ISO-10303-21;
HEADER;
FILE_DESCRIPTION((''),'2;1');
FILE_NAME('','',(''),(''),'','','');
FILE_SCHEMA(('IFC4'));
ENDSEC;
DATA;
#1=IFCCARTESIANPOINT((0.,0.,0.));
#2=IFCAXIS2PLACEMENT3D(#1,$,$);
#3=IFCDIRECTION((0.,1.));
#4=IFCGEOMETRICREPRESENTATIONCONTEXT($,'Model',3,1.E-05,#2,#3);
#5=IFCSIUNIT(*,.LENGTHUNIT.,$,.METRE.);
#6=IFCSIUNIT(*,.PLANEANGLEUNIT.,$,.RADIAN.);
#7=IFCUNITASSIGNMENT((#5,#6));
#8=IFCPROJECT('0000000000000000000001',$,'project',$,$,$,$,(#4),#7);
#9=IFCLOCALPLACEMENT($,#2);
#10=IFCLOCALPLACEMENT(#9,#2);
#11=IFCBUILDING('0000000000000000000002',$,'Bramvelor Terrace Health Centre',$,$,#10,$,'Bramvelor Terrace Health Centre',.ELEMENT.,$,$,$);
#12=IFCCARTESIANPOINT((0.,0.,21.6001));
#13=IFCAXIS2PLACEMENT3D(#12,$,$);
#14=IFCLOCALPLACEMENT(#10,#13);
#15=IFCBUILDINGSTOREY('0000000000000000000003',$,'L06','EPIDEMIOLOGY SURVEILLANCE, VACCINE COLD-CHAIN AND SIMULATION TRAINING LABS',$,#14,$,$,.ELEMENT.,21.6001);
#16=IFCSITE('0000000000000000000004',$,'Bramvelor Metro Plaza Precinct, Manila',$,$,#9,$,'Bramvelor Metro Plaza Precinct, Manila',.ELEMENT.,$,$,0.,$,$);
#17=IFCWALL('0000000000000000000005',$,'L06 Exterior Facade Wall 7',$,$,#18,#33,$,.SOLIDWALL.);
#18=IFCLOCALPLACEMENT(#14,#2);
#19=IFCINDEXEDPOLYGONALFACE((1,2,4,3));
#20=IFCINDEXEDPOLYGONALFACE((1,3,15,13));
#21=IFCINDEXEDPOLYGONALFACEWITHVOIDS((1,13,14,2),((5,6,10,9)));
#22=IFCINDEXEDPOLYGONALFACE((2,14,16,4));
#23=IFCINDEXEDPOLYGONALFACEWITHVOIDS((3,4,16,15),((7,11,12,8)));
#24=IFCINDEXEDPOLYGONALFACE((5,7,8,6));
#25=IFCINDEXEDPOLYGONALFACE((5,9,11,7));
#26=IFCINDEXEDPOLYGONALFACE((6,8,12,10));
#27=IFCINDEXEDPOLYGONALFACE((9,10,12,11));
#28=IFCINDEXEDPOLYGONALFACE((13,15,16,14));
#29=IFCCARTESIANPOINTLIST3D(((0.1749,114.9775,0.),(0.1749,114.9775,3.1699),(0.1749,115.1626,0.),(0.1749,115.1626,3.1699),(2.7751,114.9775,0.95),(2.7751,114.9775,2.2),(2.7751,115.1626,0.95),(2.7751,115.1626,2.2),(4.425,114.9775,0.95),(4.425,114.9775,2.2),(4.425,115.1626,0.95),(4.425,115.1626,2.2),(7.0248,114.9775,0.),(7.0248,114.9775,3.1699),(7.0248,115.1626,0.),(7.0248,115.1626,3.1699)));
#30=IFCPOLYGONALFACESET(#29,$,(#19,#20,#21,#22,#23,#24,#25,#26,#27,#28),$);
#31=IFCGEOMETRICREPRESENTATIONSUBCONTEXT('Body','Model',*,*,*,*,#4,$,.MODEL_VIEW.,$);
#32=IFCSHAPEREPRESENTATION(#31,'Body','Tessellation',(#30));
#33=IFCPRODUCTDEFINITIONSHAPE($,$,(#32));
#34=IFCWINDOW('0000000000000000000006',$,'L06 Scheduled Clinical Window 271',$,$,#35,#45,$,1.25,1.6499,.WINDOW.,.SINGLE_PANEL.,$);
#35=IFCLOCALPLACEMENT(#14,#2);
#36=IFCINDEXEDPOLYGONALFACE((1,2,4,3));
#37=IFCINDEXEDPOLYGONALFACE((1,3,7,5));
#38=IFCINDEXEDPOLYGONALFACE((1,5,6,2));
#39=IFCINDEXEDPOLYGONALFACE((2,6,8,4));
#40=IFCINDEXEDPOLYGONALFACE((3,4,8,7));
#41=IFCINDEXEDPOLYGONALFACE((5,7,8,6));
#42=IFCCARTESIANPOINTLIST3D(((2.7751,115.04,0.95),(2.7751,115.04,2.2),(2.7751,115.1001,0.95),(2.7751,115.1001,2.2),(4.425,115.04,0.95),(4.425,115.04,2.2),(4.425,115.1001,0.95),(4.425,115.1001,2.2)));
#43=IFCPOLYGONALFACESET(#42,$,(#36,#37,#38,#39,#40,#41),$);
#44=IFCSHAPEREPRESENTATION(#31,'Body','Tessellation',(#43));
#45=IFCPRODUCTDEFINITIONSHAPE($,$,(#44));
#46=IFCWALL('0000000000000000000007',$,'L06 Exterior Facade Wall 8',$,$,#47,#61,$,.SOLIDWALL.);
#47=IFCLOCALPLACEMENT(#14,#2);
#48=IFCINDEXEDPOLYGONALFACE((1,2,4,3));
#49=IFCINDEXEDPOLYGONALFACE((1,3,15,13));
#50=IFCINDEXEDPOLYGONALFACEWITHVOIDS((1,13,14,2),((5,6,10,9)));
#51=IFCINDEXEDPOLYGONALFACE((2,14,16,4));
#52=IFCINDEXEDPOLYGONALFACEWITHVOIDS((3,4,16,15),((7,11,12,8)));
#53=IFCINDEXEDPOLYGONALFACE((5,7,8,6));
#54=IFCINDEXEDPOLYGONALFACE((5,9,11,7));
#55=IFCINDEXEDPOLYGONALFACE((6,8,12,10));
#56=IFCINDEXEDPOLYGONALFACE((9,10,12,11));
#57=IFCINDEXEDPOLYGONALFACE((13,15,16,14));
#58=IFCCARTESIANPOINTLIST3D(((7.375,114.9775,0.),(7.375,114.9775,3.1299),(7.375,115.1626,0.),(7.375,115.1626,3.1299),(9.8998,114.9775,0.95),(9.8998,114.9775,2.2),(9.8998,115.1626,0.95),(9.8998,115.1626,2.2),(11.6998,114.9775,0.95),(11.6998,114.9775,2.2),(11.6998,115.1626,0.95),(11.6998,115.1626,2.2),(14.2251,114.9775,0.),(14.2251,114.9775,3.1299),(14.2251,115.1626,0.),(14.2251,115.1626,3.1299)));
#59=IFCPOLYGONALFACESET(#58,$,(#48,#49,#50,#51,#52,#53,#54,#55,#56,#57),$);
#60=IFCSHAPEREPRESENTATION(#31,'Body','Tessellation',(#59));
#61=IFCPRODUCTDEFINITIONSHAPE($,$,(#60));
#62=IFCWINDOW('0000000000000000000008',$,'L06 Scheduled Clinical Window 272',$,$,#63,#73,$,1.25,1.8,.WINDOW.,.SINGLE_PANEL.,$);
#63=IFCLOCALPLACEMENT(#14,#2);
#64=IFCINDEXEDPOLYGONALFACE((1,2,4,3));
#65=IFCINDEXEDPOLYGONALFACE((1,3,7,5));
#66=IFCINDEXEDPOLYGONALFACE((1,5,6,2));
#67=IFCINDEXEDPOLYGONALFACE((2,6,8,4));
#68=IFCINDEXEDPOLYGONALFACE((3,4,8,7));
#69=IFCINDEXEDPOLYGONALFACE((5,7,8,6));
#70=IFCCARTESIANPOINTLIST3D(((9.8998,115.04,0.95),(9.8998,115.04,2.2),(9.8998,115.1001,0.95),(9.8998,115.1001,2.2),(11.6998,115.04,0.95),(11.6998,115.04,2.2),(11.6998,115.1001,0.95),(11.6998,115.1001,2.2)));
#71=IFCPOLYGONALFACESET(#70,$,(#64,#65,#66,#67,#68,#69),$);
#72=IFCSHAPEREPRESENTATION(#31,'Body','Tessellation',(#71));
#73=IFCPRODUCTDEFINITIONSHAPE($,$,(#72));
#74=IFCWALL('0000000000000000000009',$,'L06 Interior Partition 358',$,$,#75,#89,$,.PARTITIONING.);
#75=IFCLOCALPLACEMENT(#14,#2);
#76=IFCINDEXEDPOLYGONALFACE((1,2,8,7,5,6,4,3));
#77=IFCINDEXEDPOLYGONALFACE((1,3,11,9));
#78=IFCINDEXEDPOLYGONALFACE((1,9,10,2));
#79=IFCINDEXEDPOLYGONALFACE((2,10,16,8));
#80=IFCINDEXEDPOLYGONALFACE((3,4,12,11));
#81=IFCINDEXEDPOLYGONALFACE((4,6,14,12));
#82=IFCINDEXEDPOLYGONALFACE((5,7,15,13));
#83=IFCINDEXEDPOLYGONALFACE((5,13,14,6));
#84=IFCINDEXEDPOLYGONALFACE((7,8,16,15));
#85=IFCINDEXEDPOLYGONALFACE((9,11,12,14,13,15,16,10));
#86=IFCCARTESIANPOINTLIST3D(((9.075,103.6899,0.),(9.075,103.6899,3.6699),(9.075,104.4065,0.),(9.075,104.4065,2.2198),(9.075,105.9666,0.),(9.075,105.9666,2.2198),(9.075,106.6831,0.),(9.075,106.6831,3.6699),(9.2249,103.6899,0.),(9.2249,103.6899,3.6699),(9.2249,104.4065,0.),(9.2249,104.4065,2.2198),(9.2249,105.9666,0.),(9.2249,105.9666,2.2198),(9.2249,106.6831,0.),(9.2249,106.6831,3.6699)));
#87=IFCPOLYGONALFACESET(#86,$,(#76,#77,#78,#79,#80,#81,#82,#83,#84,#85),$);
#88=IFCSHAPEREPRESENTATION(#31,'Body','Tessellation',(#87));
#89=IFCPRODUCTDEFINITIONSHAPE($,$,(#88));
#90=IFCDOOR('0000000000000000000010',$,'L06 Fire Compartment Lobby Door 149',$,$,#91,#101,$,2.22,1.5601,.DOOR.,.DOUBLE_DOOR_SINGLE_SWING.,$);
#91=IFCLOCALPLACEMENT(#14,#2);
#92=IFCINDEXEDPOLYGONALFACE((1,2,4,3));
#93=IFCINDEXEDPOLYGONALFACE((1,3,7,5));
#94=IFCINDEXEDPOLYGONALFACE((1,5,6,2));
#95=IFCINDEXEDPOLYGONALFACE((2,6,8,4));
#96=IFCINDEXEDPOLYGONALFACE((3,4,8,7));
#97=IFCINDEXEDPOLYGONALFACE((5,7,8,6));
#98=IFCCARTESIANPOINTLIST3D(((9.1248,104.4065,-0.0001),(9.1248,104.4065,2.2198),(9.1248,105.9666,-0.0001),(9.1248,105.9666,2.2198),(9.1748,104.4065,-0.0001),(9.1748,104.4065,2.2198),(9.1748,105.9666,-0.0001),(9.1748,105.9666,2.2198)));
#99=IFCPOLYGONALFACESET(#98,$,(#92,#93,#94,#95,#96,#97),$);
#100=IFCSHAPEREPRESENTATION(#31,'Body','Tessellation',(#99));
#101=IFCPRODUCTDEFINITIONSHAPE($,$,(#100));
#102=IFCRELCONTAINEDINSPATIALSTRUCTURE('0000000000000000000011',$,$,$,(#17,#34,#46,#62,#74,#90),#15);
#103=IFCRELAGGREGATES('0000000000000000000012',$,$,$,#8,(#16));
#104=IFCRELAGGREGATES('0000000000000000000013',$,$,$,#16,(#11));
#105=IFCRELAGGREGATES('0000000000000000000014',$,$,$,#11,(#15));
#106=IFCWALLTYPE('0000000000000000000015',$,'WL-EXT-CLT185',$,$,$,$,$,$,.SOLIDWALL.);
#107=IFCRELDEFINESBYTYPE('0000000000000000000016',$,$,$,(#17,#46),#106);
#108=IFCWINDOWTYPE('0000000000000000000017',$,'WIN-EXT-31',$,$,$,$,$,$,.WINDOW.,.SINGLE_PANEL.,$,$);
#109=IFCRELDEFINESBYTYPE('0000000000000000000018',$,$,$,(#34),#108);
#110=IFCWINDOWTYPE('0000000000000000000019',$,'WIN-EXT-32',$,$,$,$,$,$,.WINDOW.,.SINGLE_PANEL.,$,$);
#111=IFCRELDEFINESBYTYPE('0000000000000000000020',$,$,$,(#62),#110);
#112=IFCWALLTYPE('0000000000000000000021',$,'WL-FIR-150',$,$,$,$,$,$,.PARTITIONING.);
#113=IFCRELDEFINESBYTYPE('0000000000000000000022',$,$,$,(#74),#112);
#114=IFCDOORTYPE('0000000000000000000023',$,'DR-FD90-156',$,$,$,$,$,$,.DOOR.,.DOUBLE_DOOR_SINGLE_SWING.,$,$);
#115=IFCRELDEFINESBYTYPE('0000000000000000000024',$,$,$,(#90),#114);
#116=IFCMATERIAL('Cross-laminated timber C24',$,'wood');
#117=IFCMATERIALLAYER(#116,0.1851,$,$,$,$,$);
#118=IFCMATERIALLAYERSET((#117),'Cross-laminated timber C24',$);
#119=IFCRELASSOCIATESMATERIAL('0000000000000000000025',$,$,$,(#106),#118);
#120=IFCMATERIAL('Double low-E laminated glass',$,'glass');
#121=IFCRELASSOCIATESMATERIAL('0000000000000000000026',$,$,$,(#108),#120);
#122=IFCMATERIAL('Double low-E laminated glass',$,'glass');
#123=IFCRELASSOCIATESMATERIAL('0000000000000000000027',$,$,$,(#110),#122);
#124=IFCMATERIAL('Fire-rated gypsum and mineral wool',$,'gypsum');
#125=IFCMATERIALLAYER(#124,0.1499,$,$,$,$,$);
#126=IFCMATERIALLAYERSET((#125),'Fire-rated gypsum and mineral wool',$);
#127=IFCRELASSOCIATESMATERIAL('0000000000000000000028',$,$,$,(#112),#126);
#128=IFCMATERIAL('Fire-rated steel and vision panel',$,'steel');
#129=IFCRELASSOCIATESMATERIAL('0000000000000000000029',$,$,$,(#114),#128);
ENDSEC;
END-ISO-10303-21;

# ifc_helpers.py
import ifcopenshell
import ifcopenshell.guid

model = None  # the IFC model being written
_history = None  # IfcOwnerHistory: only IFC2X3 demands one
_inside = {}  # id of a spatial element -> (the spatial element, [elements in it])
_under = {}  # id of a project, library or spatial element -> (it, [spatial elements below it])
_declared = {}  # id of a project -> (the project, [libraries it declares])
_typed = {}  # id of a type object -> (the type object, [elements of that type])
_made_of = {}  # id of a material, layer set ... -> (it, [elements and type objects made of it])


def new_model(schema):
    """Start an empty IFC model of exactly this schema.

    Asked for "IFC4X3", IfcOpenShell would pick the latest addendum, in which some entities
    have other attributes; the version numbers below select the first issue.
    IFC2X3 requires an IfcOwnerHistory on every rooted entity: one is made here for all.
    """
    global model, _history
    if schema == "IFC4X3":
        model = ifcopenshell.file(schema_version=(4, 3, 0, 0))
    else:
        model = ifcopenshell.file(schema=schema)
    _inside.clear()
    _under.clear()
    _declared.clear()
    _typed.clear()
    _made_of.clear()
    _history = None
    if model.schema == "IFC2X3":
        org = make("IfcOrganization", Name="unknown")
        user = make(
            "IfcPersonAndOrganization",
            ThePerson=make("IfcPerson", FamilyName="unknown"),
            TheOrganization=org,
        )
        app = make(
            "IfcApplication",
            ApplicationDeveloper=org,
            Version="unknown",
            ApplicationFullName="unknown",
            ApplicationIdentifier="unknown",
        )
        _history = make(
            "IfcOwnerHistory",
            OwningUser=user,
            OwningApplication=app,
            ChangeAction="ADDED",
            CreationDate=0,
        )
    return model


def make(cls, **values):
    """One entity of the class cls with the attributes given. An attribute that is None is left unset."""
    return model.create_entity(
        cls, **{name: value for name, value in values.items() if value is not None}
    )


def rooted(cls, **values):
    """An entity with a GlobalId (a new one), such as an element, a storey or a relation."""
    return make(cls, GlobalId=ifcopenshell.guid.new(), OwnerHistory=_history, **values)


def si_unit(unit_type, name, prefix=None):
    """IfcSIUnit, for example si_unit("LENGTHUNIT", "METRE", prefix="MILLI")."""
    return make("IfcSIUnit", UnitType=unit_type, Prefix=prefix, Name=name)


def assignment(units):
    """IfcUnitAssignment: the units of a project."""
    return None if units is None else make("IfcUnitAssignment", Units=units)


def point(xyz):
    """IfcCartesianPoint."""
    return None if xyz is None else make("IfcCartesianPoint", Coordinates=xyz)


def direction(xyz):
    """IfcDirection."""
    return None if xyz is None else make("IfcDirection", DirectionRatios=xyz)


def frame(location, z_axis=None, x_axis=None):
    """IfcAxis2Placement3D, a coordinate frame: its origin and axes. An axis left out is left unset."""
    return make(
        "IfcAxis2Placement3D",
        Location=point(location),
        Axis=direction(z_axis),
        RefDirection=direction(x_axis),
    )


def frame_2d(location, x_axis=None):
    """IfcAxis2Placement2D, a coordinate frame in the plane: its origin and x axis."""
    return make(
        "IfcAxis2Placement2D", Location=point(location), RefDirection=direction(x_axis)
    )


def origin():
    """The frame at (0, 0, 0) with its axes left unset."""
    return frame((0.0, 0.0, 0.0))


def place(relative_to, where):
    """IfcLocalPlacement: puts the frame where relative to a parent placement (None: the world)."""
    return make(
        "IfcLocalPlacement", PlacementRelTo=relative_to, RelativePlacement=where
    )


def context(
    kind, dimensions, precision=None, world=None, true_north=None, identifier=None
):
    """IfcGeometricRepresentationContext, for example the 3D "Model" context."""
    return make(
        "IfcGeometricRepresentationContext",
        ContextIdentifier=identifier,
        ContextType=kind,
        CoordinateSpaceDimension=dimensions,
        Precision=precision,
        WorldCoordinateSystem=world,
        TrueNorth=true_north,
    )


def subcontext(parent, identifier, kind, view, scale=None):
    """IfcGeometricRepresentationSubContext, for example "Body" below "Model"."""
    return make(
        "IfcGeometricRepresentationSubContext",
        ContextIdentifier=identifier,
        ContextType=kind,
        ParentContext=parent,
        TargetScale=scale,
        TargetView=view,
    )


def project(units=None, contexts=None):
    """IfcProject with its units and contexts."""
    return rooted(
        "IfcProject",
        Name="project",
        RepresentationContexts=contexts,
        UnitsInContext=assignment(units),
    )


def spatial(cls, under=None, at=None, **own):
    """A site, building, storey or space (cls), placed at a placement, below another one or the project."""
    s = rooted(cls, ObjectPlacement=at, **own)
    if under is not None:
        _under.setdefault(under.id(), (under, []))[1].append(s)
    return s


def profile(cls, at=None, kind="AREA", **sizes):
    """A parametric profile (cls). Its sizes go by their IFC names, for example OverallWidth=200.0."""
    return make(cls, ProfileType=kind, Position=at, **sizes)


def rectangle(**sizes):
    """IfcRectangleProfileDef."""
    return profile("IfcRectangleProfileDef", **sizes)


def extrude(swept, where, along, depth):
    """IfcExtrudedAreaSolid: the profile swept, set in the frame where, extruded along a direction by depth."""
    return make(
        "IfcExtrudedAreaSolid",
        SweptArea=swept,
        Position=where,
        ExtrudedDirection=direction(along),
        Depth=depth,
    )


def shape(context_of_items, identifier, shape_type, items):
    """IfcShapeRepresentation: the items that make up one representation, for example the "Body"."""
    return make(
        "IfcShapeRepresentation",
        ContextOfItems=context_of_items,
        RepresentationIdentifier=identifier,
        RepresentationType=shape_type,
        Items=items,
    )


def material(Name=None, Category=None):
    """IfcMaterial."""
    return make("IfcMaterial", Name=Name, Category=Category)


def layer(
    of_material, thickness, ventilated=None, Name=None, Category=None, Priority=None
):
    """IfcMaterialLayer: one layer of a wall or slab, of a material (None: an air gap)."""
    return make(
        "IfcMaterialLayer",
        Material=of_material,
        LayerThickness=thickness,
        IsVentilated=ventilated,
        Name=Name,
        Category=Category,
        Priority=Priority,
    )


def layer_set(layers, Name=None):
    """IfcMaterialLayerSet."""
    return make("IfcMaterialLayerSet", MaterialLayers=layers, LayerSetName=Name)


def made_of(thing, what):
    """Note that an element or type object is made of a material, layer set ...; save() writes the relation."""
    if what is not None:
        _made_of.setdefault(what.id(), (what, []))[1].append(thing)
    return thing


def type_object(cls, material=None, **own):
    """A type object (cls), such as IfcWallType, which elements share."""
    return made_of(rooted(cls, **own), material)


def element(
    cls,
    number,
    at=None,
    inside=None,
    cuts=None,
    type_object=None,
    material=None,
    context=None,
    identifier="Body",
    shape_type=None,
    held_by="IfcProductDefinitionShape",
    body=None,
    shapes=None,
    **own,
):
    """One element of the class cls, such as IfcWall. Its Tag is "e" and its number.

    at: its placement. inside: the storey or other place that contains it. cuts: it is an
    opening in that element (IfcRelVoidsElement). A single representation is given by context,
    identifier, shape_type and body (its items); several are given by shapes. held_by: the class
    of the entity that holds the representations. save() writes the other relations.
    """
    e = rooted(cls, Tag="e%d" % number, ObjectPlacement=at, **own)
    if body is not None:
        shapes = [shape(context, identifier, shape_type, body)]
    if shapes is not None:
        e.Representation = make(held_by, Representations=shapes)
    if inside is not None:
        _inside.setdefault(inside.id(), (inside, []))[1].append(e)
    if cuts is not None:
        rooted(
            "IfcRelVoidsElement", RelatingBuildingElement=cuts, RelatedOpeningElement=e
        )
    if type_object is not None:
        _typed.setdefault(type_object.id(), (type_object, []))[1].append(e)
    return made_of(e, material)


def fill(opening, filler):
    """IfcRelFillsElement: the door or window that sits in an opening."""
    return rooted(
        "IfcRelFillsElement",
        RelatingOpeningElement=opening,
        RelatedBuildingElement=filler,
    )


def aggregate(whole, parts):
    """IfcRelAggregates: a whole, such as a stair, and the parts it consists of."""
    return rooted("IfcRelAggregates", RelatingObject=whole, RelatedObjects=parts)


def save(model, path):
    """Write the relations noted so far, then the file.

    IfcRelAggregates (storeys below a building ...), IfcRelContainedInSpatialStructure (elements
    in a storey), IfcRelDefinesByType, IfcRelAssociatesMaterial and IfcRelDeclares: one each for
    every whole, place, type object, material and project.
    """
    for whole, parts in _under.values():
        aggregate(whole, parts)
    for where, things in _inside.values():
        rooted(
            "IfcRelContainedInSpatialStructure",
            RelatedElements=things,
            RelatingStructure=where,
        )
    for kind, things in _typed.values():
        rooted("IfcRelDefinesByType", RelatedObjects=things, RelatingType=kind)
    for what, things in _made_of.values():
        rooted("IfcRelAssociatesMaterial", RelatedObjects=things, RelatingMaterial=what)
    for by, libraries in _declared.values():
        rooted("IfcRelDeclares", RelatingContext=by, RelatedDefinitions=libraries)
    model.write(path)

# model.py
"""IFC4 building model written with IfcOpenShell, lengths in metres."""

from ifc_helpers import new_model, si_unit, direction, frame, frame_2d, origin, place, context, subcontext, project, spatial, rectangle, extrude, material, layer, layer_set, type_object, element, fill, save


model = new_model("IFC4")

# Units and contexts
model_context = context("Model", 3, precision=1e-05, world=origin(), true_north=direction((0.0, 1.0)))
body_context = subcontext(model_context, "Body", "Model", "MODEL_VIEW")
ifc_project = project(units=[si_unit("LENGTHUNIT", "METRE"), si_unit("PLANEANGLEUNIT", "RADIAN")], contexts=[model_context])

# Site, building, storey
site_placement = place(None, origin())
site = spatial("IfcSite", under=ifc_project, at=site_placement, Name="Bramvelor Metro Plaza Precinct, Manila", LongName="Bramvelor Metro Plaza Precinct, Manila", CompositionType="ELEMENT", RefElevation=0.0)
building_placement = place(site_placement, origin())
building = spatial("IfcBuilding", under=site, at=building_placement, Name="Bramvelor Terrace Health Centre", LongName="Bramvelor Terrace Health Centre", CompositionType="ELEMENT")
storey_placement = place(building_placement, frame((0.0, 0.0, 21.6001)))
storey = spatial("IfcBuildingStorey", under=building, at=storey_placement, Name="L06", Description="EPIDEMIOLOGY SURVEILLANCE, VACCINE COLD-CHAIN AND SIMULATION TRAINING LABS", CompositionType="ELEMENT", Elevation=21.6001)

# Walls, openings, windows
ifc_material_1 = material(Name="Cross-laminated timber C24", Category="wood")
ifc_layer_1 = layer(ifc_material_1, 0.1851)
ifc_layer_set_1 = layer_set([ifc_layer_1], Name="Cross-laminated timber C24")
wall_type_1 = type_object("IfcWallType", Name="WL-EXT-CLT185", PredefinedType="SOLIDWALL", material=ifc_layer_set_1)
wall_1_placement = place(storey_placement, frame((0.175, 115.0701, 0.0), z_axis=(0.0, 0.0, 1.0), x_axis=(1.0, 0.0, 0.0)))
wall_1 = element("IfcWall", 1, at=wall_1_placement, inside=storey, type_object=wall_type_1, Name="L06 Exterior Facade Wall 7", PredefinedType="SOLIDWALL", context=body_context, shape_type="SweptSolid", body=[
    extrude(rectangle(XDim=6.8499, YDim=0.1851, at=frame_2d((3.4248, 0.0))), origin(), (0.0, 0.0, 1.0), 3.1699),
])
opening_1_placement = place(wall_1_placement, frame((2.6001, 0.0, 0.95)))
opening_1 = element("IfcOpeningElement", 2, at=opening_1_placement, cuts=wall_1, PredefinedType="OPENING", context=body_context, shape_type="SweptSolid", body=[
    extrude(rectangle(XDim=1.6499, YDim=1.25, at=frame_2d((0.825, 0.625))), frame((0.0, 0.1025, 0.0), z_axis=(0.0, -1.0, 0.0), x_axis=(1.0, 0.0, 0.0)), (0.0, 0.0, 1.0), 0.2051),
])
ifc_material_2 = material(Name="Double low-E laminated glass", Category="glass")
window_type_1 = type_object("IfcWindowType", Name="WIN-EXT-31", PartitioningType="SINGLE_PANEL", PredefinedType="WINDOW", material=ifc_material_2)
window_1_placement = place(opening_1_placement, origin())
window_1 = element("IfcWindow", 3, at=window_1_placement, inside=storey, type_object=window_type_1, Name="L06 Scheduled Clinical Window 271", OverallHeight=1.25, OverallWidth=1.6499, PartitioningType="SINGLE_PANEL", PredefinedType="WINDOW", context=body_context, shape_type="SweptSolid", body=[
    extrude(rectangle(XDim=1.6499, YDim=1.25, at=frame_2d((0.825, 0.625))), frame((0.0, 0.03, 0.0), z_axis=(0.0, -1.0, 0.0), x_axis=(1.0, 0.0, 0.0)), (0.0, 0.0, 1.0), 0.0601),
])
fill(opening_1, window_1)
wall_2_placement = place(storey_placement, frame((7.375, 115.0701, 0.0), z_axis=(0.0, 0.0, 1.0), x_axis=(1.0, 0.0, 0.0)))
wall_2 = element("IfcWall", 4, at=wall_2_placement, inside=storey, type_object=wall_type_1, Name="L06 Exterior Facade Wall 8", PredefinedType="SOLIDWALL", context=body_context, shape_type="SweptSolid", body=[
    extrude(rectangle(XDim=6.8501, YDim=0.1851, at=frame_2d((3.425, 0.0))), origin(), (0.0, 0.0, 1.0), 3.1299),
])
opening_2_placement = place(wall_2_placement, frame((2.5249, 0.0, 0.95)))
opening_2 = element("IfcOpeningElement", 5, at=opening_2_placement, cuts=wall_2, PredefinedType="OPENING", context=body_context, shape_type="SweptSolid", body=[
    extrude(rectangle(XDim=1.8, YDim=1.25, at=frame_2d((0.8999, 0.625))), frame((0.0, 0.1025, 0.0), z_axis=(0.0, -1.0, 0.0), x_axis=(1.0, 0.0, 0.0)), (0.0, 0.0, 1.0), 0.2051),
])
ifc_material_3 = material(Name="Double low-E laminated glass", Category="glass")
window_type_2 = type_object("IfcWindowType", Name="WIN-EXT-32", PartitioningType="SINGLE_PANEL", PredefinedType="WINDOW", material=ifc_material_3)
window_2_placement = place(opening_2_placement, origin())
window_2 = element("IfcWindow", 6, at=window_2_placement, inside=storey, type_object=window_type_2, Name="L06 Scheduled Clinical Window 272", OverallHeight=1.25, OverallWidth=1.8, PartitioningType="SINGLE_PANEL", PredefinedType="WINDOW", context=body_context, shape_type="SweptSolid", body=[
    extrude(rectangle(XDim=1.8, YDim=1.25, at=frame_2d((0.8999, 0.625))), frame((0.0, 0.03, 0.0), z_axis=(0.0, -1.0, 0.0), x_axis=(1.0, 0.0, 0.0)), (0.0, 0.0, 1.0), 0.0601),
])
fill(opening_2, window_2)

# Wall, opening, door
ifc_material_4 = material(Name="Fire-rated gypsum and mineral wool", Category="gypsum")
ifc_layer_2 = layer(ifc_material_4, 0.1499)
ifc_layer_set_2 = layer_set([ifc_layer_2], Name="Fire-rated gypsum and mineral wool")
wall_type_2 = type_object("IfcWallType", Name="WL-FIR-150", PredefinedType="PARTITIONING", material=ifc_layer_set_2)
wall_3_placement = place(storey_placement, frame((9.1499, 106.6831, 0.0), z_axis=(0.0, 0.0, 1.0), x_axis=(0.0, -1.0, 0.0)))
wall_3 = element("IfcWall", 7, at=wall_3_placement, inside=storey, type_object=wall_type_2, Name="L06 Interior Partition 358", PredefinedType="PARTITIONING", context=body_context, shape_type="SweptSolid", body=[
    extrude(rectangle(XDim=2.9932, YDim=0.1499, at=frame_2d((1.4966, 0.0))), origin(), (0.0, 0.0, 1.0), 3.6699),
])
opening_3_placement = place(wall_3_placement, frame((0.7166, 0.0, 0.0)))
opening_3 = element("IfcOpeningElement", 8, at=opening_3_placement, cuts=wall_3, PredefinedType="OPENING", context=body_context, shape_type="SweptSolid", body=[
    extrude(rectangle(XDim=1.5601, YDim=2.22, at=frame_2d((0.78, 1.1099))), frame((0.0, 0.085, 0.0), z_axis=(0.0, -1.0, 0.0), x_axis=(1.0, 0.0, 0.0)), (0.0, 0.0, 1.0), 0.1699),
])
ifc_material_5 = material(Name="Fire-rated steel and vision panel", Category="steel")
door_type_1 = type_object("IfcDoorType", Name="DR-FD90-156", OperationType="DOUBLE_DOOR_SINGLE_SWING", PredefinedType="DOOR", material=ifc_material_5)
door_1_placement = place(opening_3_placement, origin())
door_1 = element("IfcDoor", 9, at=door_1_placement, inside=storey, type_object=door_type_1, Name="L06 Fire Compartment Lobby Door 149", OperationType="DOUBLE_DOOR_SINGLE_SWING", OverallHeight=2.22, OverallWidth=1.5601, PredefinedType="DOOR", context=body_context, shape_type="SweptSolid", body=[
    extrude(rectangle(XDim=1.5601, YDim=2.22, at=frame_2d((0.78, 1.1099))), frame((0.0, 0.0249, 0.0), z_axis=(0.0, -1.0, 0.0), x_axis=(1.0, 0.0, 0.0)), (0.0, 0.0, 1.0), 0.05),
])
fill(opening_3, door_1)

save(model, "model.ifc")
